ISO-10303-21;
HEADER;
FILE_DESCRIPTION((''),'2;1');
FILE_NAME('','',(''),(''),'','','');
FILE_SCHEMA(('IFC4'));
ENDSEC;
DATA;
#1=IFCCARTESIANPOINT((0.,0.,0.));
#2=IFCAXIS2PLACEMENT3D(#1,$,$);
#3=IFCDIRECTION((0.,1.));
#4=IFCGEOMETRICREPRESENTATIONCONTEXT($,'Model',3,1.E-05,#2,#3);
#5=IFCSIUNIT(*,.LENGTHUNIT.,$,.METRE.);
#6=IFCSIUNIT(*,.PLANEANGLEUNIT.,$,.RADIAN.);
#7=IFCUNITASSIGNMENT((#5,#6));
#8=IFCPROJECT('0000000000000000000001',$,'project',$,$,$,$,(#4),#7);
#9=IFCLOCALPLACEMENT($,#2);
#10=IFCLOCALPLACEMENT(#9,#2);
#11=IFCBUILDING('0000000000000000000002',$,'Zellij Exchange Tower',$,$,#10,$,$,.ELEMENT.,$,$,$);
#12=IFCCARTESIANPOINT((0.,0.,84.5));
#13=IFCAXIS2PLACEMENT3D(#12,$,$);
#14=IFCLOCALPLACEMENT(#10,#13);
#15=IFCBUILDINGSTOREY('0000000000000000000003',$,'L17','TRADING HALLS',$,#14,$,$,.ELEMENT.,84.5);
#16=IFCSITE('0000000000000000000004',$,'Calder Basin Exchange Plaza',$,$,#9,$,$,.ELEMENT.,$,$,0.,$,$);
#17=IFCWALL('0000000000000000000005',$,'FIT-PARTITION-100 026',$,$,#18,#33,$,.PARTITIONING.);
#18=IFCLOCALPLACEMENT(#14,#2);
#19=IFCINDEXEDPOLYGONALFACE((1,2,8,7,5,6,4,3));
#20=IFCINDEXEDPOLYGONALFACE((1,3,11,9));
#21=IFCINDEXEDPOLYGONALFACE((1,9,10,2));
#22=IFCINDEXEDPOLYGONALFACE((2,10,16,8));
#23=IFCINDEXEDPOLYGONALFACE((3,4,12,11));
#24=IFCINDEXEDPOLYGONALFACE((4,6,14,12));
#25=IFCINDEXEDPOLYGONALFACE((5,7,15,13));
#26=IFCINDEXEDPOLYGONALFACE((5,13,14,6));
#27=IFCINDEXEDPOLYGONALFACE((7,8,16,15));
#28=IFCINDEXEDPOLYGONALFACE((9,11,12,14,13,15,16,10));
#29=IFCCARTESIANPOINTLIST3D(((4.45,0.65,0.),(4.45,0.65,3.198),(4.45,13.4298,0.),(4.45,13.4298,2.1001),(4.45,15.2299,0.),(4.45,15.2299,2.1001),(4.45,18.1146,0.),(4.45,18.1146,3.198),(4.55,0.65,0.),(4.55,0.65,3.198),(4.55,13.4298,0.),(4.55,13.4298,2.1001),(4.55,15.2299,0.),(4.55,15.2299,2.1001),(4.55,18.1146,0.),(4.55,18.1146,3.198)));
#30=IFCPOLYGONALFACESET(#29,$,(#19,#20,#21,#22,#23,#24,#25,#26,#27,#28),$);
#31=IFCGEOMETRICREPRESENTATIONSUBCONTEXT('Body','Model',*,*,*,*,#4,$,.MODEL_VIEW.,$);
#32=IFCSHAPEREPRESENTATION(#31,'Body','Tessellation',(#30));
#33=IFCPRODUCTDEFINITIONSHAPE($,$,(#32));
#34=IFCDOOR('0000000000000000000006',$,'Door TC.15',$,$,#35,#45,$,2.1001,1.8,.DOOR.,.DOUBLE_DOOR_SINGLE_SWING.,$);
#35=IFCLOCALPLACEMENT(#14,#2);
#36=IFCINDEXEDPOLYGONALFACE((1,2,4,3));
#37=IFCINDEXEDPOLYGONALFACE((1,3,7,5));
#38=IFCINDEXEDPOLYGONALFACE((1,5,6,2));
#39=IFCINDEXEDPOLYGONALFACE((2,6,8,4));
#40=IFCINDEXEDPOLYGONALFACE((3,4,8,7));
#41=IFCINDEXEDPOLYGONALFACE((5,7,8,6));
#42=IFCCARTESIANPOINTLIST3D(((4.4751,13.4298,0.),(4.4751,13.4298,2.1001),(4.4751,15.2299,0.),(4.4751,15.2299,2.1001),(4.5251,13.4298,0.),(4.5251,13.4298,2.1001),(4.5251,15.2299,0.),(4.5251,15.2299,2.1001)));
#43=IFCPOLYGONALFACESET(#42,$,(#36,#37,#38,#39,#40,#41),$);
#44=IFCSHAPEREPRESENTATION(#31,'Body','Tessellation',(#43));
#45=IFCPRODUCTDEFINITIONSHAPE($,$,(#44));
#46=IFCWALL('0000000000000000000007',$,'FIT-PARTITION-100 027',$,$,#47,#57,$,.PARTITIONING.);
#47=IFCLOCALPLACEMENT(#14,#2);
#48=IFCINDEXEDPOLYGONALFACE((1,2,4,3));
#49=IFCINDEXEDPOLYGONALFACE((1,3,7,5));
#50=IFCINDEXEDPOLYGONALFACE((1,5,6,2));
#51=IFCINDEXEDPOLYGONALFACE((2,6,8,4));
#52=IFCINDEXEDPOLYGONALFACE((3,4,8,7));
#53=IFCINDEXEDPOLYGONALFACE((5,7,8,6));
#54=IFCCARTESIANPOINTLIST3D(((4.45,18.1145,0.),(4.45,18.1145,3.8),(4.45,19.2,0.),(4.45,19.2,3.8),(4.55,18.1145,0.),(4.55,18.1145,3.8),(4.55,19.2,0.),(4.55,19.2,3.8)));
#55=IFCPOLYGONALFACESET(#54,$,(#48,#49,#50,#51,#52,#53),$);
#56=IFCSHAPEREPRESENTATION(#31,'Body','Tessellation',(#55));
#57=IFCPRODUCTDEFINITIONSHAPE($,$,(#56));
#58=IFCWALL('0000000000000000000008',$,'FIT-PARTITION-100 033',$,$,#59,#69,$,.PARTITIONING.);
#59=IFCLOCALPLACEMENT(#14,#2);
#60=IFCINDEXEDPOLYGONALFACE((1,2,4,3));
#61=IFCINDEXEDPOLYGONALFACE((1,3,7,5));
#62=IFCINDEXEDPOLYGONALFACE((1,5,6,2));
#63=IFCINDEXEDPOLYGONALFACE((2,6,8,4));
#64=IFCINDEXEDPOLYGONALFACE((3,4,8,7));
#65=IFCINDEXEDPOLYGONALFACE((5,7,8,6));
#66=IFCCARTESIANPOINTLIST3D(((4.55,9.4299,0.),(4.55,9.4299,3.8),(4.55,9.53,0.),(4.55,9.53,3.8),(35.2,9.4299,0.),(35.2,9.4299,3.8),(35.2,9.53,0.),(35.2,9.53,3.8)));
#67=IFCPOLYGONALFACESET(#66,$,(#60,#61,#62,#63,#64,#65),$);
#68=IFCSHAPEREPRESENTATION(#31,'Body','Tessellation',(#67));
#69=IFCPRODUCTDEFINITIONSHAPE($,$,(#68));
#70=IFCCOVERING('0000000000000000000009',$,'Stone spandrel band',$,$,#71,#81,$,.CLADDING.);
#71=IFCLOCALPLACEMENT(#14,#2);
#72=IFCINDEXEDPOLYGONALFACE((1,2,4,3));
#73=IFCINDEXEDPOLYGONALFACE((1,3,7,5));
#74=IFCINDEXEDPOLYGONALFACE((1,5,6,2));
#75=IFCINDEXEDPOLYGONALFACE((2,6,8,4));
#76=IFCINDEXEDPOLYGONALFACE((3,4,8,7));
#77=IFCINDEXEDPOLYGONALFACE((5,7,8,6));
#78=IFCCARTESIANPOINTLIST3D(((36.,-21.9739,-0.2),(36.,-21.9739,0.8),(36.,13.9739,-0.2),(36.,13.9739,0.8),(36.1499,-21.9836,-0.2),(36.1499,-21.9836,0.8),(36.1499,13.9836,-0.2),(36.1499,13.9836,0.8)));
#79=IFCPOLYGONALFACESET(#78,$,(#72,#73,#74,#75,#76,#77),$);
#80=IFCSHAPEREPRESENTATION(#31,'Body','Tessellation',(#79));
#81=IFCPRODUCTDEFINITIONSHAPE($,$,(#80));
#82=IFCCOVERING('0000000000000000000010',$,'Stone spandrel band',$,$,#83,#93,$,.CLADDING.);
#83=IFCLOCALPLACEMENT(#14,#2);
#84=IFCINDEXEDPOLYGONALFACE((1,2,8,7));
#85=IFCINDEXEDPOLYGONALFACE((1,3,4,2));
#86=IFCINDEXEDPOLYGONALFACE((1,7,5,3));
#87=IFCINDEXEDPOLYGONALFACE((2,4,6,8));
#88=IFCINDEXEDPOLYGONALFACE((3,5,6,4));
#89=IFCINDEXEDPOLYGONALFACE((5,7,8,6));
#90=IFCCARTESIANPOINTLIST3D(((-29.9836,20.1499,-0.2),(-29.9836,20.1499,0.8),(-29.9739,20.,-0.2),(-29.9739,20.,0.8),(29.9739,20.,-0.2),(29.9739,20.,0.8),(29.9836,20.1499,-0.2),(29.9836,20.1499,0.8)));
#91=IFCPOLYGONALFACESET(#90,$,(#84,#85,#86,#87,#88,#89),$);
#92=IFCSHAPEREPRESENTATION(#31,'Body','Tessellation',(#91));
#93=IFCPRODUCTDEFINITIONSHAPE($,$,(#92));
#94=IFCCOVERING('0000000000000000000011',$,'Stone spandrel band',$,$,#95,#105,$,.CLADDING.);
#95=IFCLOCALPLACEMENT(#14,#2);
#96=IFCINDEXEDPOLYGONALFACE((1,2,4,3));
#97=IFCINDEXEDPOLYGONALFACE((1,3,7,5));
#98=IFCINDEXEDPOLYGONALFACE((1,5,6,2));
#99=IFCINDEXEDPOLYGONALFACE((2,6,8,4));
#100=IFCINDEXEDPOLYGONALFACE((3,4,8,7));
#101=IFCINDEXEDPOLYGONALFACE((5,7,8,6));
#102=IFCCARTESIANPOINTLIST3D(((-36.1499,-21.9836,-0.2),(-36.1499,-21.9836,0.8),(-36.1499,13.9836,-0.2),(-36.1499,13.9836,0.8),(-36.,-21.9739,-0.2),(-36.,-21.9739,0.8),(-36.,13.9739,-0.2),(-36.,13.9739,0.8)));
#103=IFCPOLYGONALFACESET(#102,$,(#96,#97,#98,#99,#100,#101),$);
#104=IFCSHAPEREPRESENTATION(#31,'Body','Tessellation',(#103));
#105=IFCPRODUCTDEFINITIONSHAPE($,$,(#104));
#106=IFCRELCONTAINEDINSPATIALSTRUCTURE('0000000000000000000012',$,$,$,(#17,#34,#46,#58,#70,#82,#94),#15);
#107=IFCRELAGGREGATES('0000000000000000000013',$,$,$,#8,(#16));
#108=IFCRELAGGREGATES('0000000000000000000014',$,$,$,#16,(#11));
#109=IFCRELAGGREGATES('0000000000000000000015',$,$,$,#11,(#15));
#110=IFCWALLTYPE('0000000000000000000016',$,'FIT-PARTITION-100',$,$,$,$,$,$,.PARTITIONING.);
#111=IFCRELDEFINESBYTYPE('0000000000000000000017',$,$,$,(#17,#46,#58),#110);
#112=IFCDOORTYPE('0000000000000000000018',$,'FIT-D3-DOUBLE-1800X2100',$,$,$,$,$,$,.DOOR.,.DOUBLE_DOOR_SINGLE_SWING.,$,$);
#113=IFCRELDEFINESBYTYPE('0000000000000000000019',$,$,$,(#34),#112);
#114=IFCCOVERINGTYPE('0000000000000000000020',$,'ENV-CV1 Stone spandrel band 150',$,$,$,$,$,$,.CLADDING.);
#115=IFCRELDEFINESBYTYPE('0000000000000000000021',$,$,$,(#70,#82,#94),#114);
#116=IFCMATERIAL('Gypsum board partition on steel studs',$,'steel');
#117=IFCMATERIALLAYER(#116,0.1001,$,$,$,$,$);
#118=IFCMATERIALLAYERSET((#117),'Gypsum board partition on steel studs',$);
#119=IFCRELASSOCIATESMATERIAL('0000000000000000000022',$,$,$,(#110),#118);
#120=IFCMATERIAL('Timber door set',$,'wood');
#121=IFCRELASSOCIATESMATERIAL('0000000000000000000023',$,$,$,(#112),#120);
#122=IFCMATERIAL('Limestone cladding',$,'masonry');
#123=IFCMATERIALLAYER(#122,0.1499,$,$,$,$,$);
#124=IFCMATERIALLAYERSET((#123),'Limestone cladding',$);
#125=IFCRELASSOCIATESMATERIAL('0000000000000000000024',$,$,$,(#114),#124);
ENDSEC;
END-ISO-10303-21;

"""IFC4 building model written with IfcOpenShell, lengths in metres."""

from ifc_helpers import new_model, si_unit, direction, frame, frame_2d, origin, place, context, subcontext, project, spatial, polyline, rectangle, outline, extrude, material, layer, layer_set, type_object, element, fill, save


model = new_model("IFC4")

# Units and contexts
model_context = context("Model", 3, precision=1e-05, world=origin(), true_north=direction((0.0, 1.0)))
body_context = subcontext(model_context, "Body", "Model", "MODEL_VIEW")
ifc_project = project(units=[si_unit("LENGTHUNIT", "METRE"), si_unit("PLANEANGLEUNIT", "RADIAN")], contexts=[model_context])

# Site, building, storey
site_placement = place(None, origin())
site = spatial("IfcSite", under=ifc_project, at=site_placement, Name="Calder Basin Exchange Plaza", CompositionType="ELEMENT", RefElevation=0.0)
building_placement = place(site_placement, origin())
building = spatial("IfcBuilding", under=site, at=building_placement, Name="Zellij Exchange Tower", CompositionType="ELEMENT")
storey_placement = place(building_placement, frame((0.0, 0.0, 84.5)))
storey = spatial("IfcBuildingStorey", under=building, at=storey_placement, Name="L17", Description="TRADING HALLS", CompositionType="ELEMENT", Elevation=84.5)

# Shared definitions
ifc_material_1 = material(Name="Gypsum board partition on steel studs", Category="steel")
ifc_layer_1 = layer(ifc_material_1, 0.1001)
ifc_layer_set_1 = layer_set([ifc_layer_1], Name="Gypsum board partition on steel studs")
wall_type = type_object("IfcWallType", Name="FIT-PARTITION-100", PredefinedType="PARTITIONING", material=ifc_layer_set_1)
ifc_material_2 = material(Name="Timber door set", Category="wood")

# Wall, opening, door
wall_1_placement = place(storey_placement, frame((4.5, 0.6499, 0.0), z_axis=(0.0, 0.0, 1.0), x_axis=(0.0, 1.0, 0.0)))
wall_1 = element("IfcWall", 1, at=wall_1_placement, inside=storey, type_object=wall_type, Name="FIT-PARTITION-100 026", PredefinedType="PARTITIONING", context=body_context, shape_type="SweptSolid", body=[
    extrude(rectangle(XDim=17.4646, YDim=0.1001, at=frame_2d((8.7324, 0.0))), origin(), (0.0, 0.0, 1.0), 3.198),
])
opening_1_placement = place(wall_1_placement, frame((12.78, 0.0, 0.0)))
opening_1 = element("IfcOpeningElement", 2, at=opening_1_placement, cuts=wall_1, PredefinedType="OPENING", context=body_context, shape_type="SweptSolid", body=[
    extrude(rectangle(XDim=1.8, YDim=2.1001, at=frame_2d((0.8999, 1.05))), frame((0.0, 0.062, 0.0), z_axis=(0.0, -1.0, 0.0), x_axis=(1.0, 0.0, 0.0)), (0.0, 0.0, 1.0), 0.124),
])
door_type_1 = type_object("IfcDoorType", Name="FIT-D3-DOUBLE-1800X2100", OperationType="DOUBLE_DOOR_SINGLE_SWING", PredefinedType="DOOR", material=ifc_material_2)
door_1_placement = place(opening_1_placement, origin())
door_1 = element("IfcDoor", 3, at=door_1_placement, inside=storey, type_object=door_type_1, Name="Door TC.15", OperationType="DOUBLE_DOOR_SINGLE_SWING", OverallHeight=2.1001, OverallWidth=1.8, PredefinedType="DOOR", context=body_context, shape_type="SweptSolid", body=[
    extrude(rectangle(XDim=1.8, YDim=2.1001, at=frame_2d((0.8999, 1.05))), frame((0.0, 0.0249, 0.0), z_axis=(0.0, -1.0, 0.0), x_axis=(1.0, 0.0, 0.0)), (0.0, 0.0, 1.0), 0.05),
])
fill(opening_1, door_1)

# Walls
wall_2_placement = place(storey_placement, frame((4.5, 18.1145, 0.0), z_axis=(0.0, 0.0, 1.0), x_axis=(0.0, 1.0, 0.0)))
element("IfcWall", 4, at=wall_2_placement, inside=storey, type_object=wall_type, Name="FIT-PARTITION-100 027", PredefinedType="PARTITIONING", context=body_context, shape_type="SweptSolid", body=[
    extrude(rectangle(XDim=1.0854, YDim=0.1001, at=frame_2d((0.5427, 0.0))), origin(), (0.0, 0.0, 1.0), 3.8),
])
wall_3_placement = place(storey_placement, frame((4.55, 9.48, 0.0), z_axis=(0.0, 0.0, 1.0), x_axis=(1.0, 0.0, 0.0)))
element("IfcWall", 5, at=wall_3_placement, inside=storey, type_object=wall_type, Name="FIT-PARTITION-100 033", PredefinedType="PARTITIONING", context=body_context, shape_type="SweptSolid", body=[
    extrude(rectangle(XDim=30.6499, YDim=0.1001, at=frame_2d((15.325, 0.0))), origin(), (0.0, 0.0, 1.0), 3.8),
])

# Coverings
ifc_material_3 = material(Name="Limestone cladding", Category="masonry")
ifc_layer_2 = layer(ifc_material_3, 0.1499)
ifc_layer_set_2 = layer_set([ifc_layer_2], Name="Limestone cladding")
covering_type_1 = type_object("IfcCoveringType", Name="ENV-CV1 Stone spandrel band 150", PredefinedType="CLADDING", material=ifc_layer_set_2)
covering_1_placement = place(storey_placement, frame((0.0, 0.0, -0.2)))
element("IfcCovering", 6, at=covering_1_placement, inside=storey, type_object=covering_type_1, Name="Stone spandrel band", PredefinedType="CLADDING", context=body_context, shape_type="SweptSolid", body=[
    extrude(outline(polyline([(36.0, -21.9739), (36.0, 13.9739), (36.1499, 13.9836), (36.1499, -21.9836), (36.0, -21.9739)])), origin(), (0.0, 0.0, 1.0), 1.0),
])
covering_2_placement = place(storey_placement, frame((0.0, 0.0, -0.2)))
element("IfcCovering", 7, at=covering_2_placement, inside=storey, type_object=covering_type_1, Name="Stone spandrel band", PredefinedType="CLADDING", context=body_context, shape_type="SweptSolid", body=[
    extrude(outline(polyline([(29.9739, 20.0), (-29.9739, 20.0), (-29.9836, 20.1499), (29.9836, 20.1499), (29.9739, 20.0)])), origin(), (0.0, 0.0, 1.0), 1.0),
])
covering_3_placement = place(storey_placement, frame((0.0, 0.0, -0.2)))
element("IfcCovering", 8, at=covering_3_placement, inside=storey, type_object=covering_type_1, Name="Stone spandrel band", PredefinedType="CLADDING", context=body_context, shape_type="SweptSolid", body=[
    extrude(outline(polyline([(-36.0, 13.9739), (-36.0, -21.9739), (-36.1499, -21.9836), (-36.1499, 13.9836), (-36.0, 13.9739)])), origin(), (0.0, 0.0, 1.0), 1.0),
])

save(model, "model.ifc")
